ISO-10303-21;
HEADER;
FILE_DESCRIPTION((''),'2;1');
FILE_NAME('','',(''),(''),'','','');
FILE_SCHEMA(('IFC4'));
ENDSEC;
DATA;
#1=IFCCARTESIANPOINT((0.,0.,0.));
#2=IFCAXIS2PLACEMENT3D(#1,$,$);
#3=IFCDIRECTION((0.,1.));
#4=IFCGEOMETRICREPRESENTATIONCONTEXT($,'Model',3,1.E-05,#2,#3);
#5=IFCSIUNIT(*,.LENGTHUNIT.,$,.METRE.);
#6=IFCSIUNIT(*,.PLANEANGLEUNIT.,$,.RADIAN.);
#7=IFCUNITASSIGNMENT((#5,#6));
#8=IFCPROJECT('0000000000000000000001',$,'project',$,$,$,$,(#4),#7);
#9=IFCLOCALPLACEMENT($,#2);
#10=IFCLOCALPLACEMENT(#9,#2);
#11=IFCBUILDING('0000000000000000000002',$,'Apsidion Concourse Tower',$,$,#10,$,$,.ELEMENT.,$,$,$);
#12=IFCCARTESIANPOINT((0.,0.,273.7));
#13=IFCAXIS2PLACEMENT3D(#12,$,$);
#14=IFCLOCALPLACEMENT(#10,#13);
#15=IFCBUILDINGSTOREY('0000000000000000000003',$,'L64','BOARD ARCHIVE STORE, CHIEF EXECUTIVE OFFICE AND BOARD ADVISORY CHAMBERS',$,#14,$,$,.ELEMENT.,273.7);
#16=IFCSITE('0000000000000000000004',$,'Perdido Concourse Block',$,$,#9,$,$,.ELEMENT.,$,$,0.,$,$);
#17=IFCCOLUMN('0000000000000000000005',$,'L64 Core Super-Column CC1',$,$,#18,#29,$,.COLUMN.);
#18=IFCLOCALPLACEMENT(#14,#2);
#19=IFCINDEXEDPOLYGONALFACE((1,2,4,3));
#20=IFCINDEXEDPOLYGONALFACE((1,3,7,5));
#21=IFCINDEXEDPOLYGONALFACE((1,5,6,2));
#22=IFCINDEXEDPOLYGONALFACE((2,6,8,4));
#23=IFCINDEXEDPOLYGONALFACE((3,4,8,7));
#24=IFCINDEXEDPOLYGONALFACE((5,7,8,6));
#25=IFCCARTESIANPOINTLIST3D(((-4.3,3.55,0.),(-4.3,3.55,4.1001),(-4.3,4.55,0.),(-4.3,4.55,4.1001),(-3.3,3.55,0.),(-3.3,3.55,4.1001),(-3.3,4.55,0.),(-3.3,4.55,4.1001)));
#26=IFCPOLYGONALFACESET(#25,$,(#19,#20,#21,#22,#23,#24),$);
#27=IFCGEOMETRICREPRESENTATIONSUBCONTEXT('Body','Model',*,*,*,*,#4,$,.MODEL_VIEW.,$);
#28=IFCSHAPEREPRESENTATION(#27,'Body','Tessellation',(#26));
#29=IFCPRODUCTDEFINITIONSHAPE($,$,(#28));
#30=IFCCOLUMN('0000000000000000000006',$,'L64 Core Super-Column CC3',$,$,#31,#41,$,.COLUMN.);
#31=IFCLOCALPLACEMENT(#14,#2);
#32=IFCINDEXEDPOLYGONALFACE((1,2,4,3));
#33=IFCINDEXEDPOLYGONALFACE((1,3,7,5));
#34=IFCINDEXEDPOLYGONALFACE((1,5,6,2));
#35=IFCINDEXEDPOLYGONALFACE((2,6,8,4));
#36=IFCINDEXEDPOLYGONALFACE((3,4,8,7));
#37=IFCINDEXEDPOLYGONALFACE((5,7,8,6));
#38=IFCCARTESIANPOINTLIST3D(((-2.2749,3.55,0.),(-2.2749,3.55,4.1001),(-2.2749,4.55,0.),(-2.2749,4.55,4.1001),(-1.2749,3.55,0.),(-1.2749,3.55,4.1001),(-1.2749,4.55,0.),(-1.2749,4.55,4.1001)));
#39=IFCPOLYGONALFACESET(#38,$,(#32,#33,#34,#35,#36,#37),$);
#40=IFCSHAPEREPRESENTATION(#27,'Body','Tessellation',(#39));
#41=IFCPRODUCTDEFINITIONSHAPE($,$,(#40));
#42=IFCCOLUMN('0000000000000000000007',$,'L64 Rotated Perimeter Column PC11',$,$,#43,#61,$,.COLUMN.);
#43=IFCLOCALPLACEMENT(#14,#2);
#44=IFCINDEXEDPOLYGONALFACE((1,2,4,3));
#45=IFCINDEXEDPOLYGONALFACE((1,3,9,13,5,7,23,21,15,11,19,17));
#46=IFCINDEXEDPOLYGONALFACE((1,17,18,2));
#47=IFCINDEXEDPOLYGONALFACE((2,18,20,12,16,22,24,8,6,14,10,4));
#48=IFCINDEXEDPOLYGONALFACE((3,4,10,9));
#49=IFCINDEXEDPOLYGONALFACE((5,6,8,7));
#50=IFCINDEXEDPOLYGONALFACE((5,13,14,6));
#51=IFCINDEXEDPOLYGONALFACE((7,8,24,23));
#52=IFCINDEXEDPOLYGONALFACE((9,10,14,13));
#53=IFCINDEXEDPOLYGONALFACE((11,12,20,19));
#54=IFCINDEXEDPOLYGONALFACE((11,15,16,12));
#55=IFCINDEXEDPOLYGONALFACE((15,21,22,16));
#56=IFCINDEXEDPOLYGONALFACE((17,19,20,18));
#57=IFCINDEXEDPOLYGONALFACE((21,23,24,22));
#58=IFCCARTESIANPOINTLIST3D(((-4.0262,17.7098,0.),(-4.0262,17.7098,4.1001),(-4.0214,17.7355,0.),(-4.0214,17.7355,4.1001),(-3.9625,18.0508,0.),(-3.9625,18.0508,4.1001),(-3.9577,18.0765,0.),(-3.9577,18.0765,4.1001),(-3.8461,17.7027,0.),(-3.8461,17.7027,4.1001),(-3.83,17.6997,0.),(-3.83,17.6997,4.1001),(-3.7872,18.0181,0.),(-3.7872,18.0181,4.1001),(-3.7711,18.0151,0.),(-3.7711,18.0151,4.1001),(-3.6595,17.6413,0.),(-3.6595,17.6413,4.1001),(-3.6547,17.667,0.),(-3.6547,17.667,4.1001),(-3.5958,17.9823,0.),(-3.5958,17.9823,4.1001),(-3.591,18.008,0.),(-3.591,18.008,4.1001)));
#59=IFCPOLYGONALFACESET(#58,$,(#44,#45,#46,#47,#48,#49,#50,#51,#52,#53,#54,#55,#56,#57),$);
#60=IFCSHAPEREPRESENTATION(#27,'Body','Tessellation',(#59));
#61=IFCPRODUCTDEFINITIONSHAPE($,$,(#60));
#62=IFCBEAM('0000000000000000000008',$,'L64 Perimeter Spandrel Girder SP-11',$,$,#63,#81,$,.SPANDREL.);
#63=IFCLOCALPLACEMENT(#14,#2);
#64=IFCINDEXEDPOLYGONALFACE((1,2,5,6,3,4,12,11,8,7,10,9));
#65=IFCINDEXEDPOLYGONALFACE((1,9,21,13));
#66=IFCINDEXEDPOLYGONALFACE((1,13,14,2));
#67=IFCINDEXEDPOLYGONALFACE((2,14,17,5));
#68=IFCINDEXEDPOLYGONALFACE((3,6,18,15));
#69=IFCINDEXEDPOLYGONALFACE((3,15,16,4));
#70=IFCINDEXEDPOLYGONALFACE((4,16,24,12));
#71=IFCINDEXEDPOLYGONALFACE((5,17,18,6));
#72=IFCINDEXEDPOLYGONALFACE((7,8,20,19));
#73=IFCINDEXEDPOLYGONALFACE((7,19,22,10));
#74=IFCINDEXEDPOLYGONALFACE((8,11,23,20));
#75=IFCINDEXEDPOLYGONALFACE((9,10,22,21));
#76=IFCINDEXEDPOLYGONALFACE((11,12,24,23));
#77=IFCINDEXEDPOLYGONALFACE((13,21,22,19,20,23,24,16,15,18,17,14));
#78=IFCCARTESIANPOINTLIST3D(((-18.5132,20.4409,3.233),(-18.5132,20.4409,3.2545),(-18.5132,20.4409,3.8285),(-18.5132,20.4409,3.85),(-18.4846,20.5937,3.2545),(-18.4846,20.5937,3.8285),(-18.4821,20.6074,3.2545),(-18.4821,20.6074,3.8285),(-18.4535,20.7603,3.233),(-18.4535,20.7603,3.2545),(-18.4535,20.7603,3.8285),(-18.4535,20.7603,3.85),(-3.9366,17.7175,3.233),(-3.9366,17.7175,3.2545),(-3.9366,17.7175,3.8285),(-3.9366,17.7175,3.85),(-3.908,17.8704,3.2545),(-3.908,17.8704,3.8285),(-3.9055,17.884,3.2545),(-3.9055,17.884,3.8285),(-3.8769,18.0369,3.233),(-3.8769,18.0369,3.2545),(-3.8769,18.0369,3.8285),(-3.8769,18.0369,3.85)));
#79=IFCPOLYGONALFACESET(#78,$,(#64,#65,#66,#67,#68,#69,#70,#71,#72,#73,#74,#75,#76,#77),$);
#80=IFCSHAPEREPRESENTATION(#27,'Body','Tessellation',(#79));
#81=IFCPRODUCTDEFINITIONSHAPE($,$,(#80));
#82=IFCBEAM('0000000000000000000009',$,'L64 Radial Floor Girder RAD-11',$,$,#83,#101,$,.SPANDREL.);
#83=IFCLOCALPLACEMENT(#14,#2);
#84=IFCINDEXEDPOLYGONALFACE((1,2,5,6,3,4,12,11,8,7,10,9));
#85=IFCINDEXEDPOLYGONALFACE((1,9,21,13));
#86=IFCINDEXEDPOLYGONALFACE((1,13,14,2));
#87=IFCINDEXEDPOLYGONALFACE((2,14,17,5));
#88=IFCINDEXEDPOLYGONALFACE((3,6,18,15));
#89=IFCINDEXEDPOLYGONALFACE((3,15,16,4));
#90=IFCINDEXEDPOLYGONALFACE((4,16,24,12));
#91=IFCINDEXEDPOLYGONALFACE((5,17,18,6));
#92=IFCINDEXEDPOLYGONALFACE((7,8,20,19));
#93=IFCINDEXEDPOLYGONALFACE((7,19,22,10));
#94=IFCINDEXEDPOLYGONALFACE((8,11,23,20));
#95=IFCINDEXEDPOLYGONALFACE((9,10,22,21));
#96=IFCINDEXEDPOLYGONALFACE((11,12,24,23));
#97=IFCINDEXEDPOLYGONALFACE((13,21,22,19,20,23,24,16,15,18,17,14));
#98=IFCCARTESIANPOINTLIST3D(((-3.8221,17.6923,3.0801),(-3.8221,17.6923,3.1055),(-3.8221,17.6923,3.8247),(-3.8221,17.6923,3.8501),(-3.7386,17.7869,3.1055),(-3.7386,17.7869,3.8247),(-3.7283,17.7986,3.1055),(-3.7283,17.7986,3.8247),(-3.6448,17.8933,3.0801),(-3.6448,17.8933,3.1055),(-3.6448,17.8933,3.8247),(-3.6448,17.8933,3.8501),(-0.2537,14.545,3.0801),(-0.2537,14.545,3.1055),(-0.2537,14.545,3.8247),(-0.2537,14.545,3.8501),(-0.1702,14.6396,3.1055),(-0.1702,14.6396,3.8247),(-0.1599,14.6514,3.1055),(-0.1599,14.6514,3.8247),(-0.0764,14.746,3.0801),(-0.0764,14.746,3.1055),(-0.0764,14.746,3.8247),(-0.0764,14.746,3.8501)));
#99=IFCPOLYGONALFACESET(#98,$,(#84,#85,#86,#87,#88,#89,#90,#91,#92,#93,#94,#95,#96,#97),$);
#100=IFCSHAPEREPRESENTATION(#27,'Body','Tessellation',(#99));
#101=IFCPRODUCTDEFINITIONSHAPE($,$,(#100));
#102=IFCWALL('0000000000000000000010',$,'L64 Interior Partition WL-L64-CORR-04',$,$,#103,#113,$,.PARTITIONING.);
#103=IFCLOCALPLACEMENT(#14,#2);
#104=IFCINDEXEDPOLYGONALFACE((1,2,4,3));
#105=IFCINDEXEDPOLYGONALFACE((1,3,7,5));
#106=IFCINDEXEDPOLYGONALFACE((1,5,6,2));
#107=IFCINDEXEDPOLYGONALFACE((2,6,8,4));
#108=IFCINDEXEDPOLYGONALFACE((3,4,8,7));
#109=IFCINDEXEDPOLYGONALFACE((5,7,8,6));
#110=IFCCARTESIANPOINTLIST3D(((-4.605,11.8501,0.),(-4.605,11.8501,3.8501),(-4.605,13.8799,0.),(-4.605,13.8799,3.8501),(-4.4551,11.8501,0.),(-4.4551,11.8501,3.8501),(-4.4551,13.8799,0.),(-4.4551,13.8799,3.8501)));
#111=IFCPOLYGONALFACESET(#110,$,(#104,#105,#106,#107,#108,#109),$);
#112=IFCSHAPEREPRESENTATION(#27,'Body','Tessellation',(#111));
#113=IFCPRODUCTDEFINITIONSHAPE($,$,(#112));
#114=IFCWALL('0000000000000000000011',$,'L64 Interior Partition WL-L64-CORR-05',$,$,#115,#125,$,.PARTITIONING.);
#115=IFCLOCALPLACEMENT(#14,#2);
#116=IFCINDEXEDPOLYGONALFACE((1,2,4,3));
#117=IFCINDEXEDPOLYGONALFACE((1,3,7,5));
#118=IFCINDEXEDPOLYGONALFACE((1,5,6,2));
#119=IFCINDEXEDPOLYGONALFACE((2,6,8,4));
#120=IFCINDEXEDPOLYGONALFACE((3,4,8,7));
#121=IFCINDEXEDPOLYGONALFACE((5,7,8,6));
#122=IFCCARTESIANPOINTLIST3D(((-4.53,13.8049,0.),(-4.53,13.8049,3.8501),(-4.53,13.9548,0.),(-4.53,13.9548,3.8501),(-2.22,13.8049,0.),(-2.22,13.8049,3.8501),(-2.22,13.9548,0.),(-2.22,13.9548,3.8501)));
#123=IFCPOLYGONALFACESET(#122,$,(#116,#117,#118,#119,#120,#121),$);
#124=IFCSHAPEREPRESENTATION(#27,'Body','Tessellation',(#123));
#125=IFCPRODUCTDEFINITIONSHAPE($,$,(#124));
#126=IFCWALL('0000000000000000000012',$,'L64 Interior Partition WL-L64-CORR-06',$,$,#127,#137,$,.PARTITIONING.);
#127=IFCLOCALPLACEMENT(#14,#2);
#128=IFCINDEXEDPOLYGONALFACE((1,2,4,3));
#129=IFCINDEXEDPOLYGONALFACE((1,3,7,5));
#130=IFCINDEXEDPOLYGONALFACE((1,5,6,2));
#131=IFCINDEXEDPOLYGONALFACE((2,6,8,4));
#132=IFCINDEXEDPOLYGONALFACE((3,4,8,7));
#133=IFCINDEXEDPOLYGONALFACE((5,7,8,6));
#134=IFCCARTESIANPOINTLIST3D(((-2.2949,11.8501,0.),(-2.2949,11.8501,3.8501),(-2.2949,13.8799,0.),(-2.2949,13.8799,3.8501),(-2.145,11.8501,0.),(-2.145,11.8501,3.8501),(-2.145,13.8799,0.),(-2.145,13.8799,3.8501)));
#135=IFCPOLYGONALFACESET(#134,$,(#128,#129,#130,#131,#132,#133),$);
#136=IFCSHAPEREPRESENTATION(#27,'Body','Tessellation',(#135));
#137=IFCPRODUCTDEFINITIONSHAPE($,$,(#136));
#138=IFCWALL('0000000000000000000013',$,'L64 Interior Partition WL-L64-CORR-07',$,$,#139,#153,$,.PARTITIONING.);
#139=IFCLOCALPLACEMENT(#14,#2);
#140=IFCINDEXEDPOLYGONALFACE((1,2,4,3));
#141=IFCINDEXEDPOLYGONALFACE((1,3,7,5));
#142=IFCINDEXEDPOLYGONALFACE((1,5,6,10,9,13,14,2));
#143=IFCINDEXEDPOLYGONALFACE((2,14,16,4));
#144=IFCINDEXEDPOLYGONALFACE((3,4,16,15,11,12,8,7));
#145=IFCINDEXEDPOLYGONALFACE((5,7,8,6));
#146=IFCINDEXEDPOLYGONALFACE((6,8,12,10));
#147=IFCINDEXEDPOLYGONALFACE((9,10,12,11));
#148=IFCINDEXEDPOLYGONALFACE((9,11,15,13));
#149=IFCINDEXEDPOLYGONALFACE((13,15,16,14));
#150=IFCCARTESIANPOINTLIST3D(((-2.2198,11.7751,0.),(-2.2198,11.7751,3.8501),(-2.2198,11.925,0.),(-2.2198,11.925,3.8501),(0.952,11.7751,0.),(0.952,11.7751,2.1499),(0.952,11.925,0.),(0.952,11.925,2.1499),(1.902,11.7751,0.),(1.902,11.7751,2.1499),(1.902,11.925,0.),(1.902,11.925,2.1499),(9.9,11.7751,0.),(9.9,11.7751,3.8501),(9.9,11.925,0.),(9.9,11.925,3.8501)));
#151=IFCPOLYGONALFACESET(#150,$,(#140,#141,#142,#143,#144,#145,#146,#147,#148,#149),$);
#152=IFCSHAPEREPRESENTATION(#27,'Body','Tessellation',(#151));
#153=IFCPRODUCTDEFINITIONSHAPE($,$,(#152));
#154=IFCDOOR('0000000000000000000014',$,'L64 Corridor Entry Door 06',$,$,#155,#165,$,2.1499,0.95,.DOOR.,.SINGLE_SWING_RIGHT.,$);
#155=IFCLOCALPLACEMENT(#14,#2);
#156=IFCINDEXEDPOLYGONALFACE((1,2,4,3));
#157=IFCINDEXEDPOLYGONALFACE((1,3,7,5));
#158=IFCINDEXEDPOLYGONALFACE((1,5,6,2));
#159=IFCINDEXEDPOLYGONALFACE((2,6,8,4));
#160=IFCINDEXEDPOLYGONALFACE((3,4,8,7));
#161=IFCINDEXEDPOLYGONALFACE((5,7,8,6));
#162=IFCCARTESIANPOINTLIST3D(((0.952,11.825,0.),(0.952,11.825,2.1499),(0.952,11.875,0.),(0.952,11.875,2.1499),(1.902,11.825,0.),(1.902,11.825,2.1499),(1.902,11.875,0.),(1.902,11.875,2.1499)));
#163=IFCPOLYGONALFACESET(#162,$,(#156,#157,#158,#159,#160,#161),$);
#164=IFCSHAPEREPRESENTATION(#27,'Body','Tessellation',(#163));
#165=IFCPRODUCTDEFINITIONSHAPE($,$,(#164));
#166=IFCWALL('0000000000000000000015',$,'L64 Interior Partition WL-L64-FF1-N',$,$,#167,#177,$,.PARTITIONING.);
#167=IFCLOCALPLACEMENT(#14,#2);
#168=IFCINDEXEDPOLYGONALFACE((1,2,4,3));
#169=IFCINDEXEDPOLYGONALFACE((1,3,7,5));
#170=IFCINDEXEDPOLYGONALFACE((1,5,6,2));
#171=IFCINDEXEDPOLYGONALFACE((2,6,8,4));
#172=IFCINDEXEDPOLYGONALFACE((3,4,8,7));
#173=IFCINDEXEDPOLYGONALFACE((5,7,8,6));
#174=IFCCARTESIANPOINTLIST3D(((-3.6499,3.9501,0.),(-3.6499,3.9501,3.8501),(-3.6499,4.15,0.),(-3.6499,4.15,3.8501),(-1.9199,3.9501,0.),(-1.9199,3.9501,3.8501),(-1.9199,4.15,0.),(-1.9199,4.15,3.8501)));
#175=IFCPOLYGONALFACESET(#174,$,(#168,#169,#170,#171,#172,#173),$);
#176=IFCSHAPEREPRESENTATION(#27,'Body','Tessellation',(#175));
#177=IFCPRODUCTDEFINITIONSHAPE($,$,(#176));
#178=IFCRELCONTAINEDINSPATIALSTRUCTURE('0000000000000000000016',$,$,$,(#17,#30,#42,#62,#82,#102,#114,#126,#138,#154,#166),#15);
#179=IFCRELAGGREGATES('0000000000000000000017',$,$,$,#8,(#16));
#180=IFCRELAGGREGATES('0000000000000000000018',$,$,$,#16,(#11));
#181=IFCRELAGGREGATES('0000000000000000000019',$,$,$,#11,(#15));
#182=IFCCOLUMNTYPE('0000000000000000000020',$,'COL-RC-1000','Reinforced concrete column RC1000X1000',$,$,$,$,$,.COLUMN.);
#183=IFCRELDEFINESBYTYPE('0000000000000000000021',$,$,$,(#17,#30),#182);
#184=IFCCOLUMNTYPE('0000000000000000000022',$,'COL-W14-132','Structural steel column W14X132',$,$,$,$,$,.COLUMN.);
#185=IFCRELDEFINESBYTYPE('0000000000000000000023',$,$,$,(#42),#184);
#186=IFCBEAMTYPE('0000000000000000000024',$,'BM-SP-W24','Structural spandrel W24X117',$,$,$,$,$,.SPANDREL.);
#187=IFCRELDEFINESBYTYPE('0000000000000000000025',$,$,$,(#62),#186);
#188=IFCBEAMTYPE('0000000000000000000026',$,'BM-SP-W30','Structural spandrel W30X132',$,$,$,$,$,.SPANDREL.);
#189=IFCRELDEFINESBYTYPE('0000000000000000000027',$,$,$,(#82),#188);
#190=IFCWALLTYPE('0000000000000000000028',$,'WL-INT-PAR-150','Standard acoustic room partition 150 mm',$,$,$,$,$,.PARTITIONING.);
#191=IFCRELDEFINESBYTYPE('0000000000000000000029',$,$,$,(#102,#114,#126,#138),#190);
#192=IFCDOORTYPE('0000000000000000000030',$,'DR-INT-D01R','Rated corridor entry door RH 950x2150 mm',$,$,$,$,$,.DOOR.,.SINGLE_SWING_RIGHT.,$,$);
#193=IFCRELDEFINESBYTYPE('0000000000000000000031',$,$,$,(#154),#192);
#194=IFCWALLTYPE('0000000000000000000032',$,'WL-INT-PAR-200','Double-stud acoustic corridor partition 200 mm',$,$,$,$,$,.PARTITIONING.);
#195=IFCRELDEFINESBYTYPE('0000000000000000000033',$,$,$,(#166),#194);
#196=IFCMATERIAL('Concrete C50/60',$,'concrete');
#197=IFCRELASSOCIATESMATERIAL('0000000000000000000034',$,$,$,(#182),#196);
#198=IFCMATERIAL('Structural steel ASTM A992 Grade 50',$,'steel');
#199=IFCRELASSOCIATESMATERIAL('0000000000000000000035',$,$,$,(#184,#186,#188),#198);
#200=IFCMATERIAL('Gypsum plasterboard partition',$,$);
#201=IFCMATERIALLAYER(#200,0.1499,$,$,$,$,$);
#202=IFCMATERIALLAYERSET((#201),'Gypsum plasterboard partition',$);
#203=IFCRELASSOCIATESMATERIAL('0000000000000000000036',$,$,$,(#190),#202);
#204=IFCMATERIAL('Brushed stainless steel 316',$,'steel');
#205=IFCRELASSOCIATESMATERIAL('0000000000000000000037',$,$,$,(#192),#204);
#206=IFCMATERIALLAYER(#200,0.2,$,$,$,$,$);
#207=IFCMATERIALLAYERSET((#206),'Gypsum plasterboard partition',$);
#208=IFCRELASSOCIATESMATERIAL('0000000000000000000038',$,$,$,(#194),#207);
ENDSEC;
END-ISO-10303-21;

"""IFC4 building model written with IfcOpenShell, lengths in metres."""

from ifc_helpers import new_model, si_unit, direction, frame, frame_2d, origin, origin_2d, place, context, subcontext, project, spatial, rectangle, i_section, extrude, material, layer, layer_set, material_profile, profile_set, type_object, element, fill, save


model = new_model("IFC4")

# Units and contexts
model_context = context("Model", 3, precision=1e-05, world=origin(), true_north=direction((0.0, 1.0)))
body_context = subcontext(model_context, "Body", "Model", "MODEL_VIEW")
ifc_project = project(units=[si_unit("LENGTHUNIT", "METRE"), si_unit("PLANEANGLEUNIT", "RADIAN")], contexts=[model_context])

# Site, building, storey
site_placement = place(None, origin())
site = spatial("IfcSite", under=ifc_project, at=site_placement, Name="Perdido Concourse Block", CompositionType="ELEMENT", RefElevation=0.0)
building_placement = place(site_placement, origin())
building = spatial("IfcBuilding", under=site, at=building_placement, Name="Apsidion Concourse Tower", CompositionType="ELEMENT")
storey_placement = place(building_placement, frame((0.0, 0.0, 273.7)))
storey = spatial("IfcBuildingStorey", under=building, at=storey_placement, Name="L64", Description="BOARD ARCHIVE STORE, CHIEF EXECUTIVE OFFICE AND BOARD ADVISORY CHAMBERS", CompositionType="ELEMENT", Elevation=273.7)

# Columns
ifc_material_1 = material(Name="Concrete C50/60", Category="concrete")
ifc_material_profile_1 = material_profile(ifc_material_1, rectangle(XDim=1.0, YDim=1.0, at=origin_2d()), Name="RC 1000x1000")
ifc_profile_set_1 = profile_set([ifc_material_profile_1], Name="Concrete C50/60")
column_type_1 = type_object("IfcColumnType", Name="COL-RC-1000", Description="Reinforced concrete column RC1000X1000", PredefinedType="COLUMN", material=ifc_profile_set_1)
for number, where, z_axis, x_axis, name in (
    (1, (-3.8, 4.05, 0.0), (0.0, 0.0, 1.0), (1.0, 0.0, 0.0), "L64 Core Super-Column CC1"),
    (2, (-1.7749, 4.05, 0.0), (0.0, 0.0, 1.0), (1.0, 0.0, 0.0), "L64 Core Super-Column CC3"),
):
    element("IfcColumn", number, at=place(storey_placement, frame(where, z_axis=z_axis, x_axis=x_axis)), inside=storey, type_object=column_type_1, Name=name, PredefinedType="COLUMN", context=body_context, shape_type="SweptSolid", body=[
        extrude(rectangle(XDim=1.0, YDim=1.0, at=origin_2d()), origin(), (0.0, 0.0, 1.0), 4.1001),
    ])
ifc_material_2 = material(Name="Structural steel ASTM A992 Grade 50", Category="steel")
ifc_material_profile_2 = material_profile(ifc_material_2, i_section(OverallWidth=0.373, OverallDepth=0.373, WebThickness=0.0164, FlangeThickness=0.0261, at=origin_2d()), Name="W14X132")
ifc_profile_set_2 = profile_set([ifc_material_profile_2], Name="Structural steel ASTM A992 Grade 50")
column_type_2 = type_object("IfcColumnType", Name="COL-W14-132", Description="Structural steel column W14X132", PredefinedType="COLUMN", material=ifc_profile_set_2)
column_placement = place(storey_placement, frame((-3.8086, 17.8589, 0.0), z_axis=(0.0, 0.0, 1.0), x_axis=(-0.983, 0.183608, 0.0)))
element("IfcColumn", 3, at=column_placement, inside=storey, type_object=column_type_2, Name="L64 Rotated Perimeter Column PC11", PredefinedType="COLUMN", context=body_context, shape_type="SweptSolid", body=[
    extrude(i_section(OverallWidth=0.373, OverallDepth=0.373, WebThickness=0.0164, FlangeThickness=0.0261, at=origin_2d()), origin(), (0.0, 0.0, 1.0), 4.1001),
])

# Beams
ifc_material_profile_3 = material_profile(ifc_material_2, i_section(OverallWidth=0.325, OverallDepth=0.6169, WebThickness=0.0139, FlangeThickness=0.0215, at=origin_2d()), Name="W24X117")
ifc_profile_set_3 = profile_set([ifc_material_profile_3], Name="Structural steel ASTM A992 Grade 50")
beam_type_1 = type_object("IfcBeamType", Name="BM-SP-W24", Description="Structural spandrel W24X117", PredefinedType="SPANDREL", material=ifc_profile_set_3)
beam_1_placement = place(storey_placement, frame((-3.9067, 17.8772, 3.5415), z_axis=(-0.982991, 0.183654, 0.0), x_axis=(-0.183654, -0.982991, 0.0)))
element("IfcBeam", 4, at=beam_1_placement, inside=storey, type_object=beam_type_1, Name="L64 Perimeter Spandrel Girder SP-11", PredefinedType="SPANDREL", context=body_context, shape_type="SweptSolid", body=[
    extrude(i_section(OverallWidth=0.325, OverallDepth=0.6169, WebThickness=0.0139, FlangeThickness=0.0215, at=origin_2d()), origin(), (0.0, 0.0, 1.0), 14.8289),
])
ifc_material_profile_4 = material_profile(ifc_material_2, i_section(OverallWidth=0.2681, OverallDepth=0.77, WebThickness=0.0156, FlangeThickness=0.0254, at=origin_2d()), Name="W30X132")
ifc_profile_set_4 = profile_set([ifc_material_profile_4], Name="Structural steel ASTM A992 Grade 50")
beam_type_2 = type_object("IfcBeamType", Name="BM-SP-W30", Description="Structural spandrel W30X132", PredefinedType="SPANDREL", material=ifc_profile_set_4)
beam_2_placement = place(storey_placement, frame((-0.165, 14.6455, 3.4651), z_axis=(-0.749977, 0.661464, 0.0), x_axis=(-0.661464, -0.749977, 0.0)))
element("IfcBeam", 5, at=beam_2_placement, inside=storey, type_object=beam_type_2, Name="L64 Radial Floor Girder RAD-11", PredefinedType="SPANDREL", context=body_context, shape_type="SweptSolid", body=[
    extrude(i_section(OverallWidth=0.2681, OverallDepth=0.77, WebThickness=0.0156, FlangeThickness=0.0254, at=origin_2d()), origin(), (0.0, 0.0, 1.0), 4.7581),
])

# Walls
ifc_material_3 = material(Name="Gypsum plasterboard partition")
ifc_layer_1 = layer(ifc_material_3, 0.1499)
ifc_layer_set_1 = layer_set([ifc_layer_1], Name="Gypsum plasterboard partition")
wall_type_1 = type_object("IfcWallType", Name="WL-INT-PAR-150", Description="Standard acoustic room partition 150 mm", PredefinedType="PARTITIONING", material=ifc_layer_set_1)
wall_1_placement = place(storey_placement, frame((-4.53, 11.8501, 0.0), z_axis=(0.0, 0.0, 1.0), x_axis=(0.0, 1.0, 0.0)))
element("IfcWall", 6, at=wall_1_placement, inside=storey, type_object=wall_type_1, Name="L64 Interior Partition WL-L64-CORR-04", PredefinedType="PARTITIONING", context=body_context, shape_type="SweptSolid", body=[
    extrude(rectangle(XDim=2.0298, YDim=0.1499, at=frame_2d((1.0149, 0.0))), origin(), (0.0, 0.0, 1.0), 3.8501),
])
wall_2_placement = place(storey_placement, frame((-4.53, 13.8799, 0.0), z_axis=(0.0, 0.0, 1.0), x_axis=(1.0, 0.0, 0.0)))
element("IfcWall", 7, at=wall_2_placement, inside=storey, type_object=wall_type_1, Name="L64 Interior Partition WL-L64-CORR-05", PredefinedType="PARTITIONING", context=body_context, shape_type="SweptSolid", body=[
    extrude(rectangle(XDim=2.3101, YDim=0.1499, at=frame_2d((1.155, 0.0))), origin(), (0.0, 0.0, 1.0), 3.8501),
])
wall_3_placement = place(storey_placement, frame((-2.22, 13.8799, 0.0), z_axis=(0.0, 0.0, 1.0), x_axis=(0.0, -1.0, 0.0)))
element("IfcWall", 8, at=wall_3_placement, inside=storey, type_object=wall_type_1, Name="L64 Interior Partition WL-L64-CORR-06", PredefinedType="PARTITIONING", context=body_context, shape_type="SweptSolid", body=[
    extrude(rectangle(XDim=2.0298, YDim=0.1499, at=frame_2d((1.0149, 0.0))), origin(), (0.0, 0.0, 1.0), 3.8501),
])

# Wall, opening, door
wall_4_placement = place(storey_placement, frame((-2.22, 11.8501, 0.0), z_axis=(0.0, 0.0, 1.0), x_axis=(1.0, 0.0, 0.0)))
wall_4 = element("IfcWall", 9, at=wall_4_placement, inside=storey, type_object=wall_type_1, Name="L64 Interior Partition WL-L64-CORR-07", PredefinedType="PARTITIONING", context=body_context, shape_type="SweptSolid", body=[
    extrude(rectangle(XDim=12.1199, YDim=0.1499, at=frame_2d((6.0601, 0.0))), origin(), (0.0, 0.0, 1.0), 3.8501),
])
opening_placement = place(wall_4_placement, frame((3.1719, 0.0, 0.0)))
opening = element("IfcOpeningElement", 10, at=opening_placement, cuts=wall_4, PredefinedType="OPENING", context=body_context, shape_type="SweptSolid", body=[
    extrude(rectangle(XDim=0.95, YDim=2.1499, at=frame_2d((0.4751, 1.075))), frame((0.0, 0.085, 0.0), z_axis=(0.0, -1.0, 0.0), x_axis=(1.0, 0.0, 0.0)), (0.0, 0.0, 1.0), 0.1699),
])
ifc_material_4 = material(Name="Brushed stainless steel 316", Category="steel")
door_type = type_object("IfcDoorType", Name="DR-INT-D01R", Description="Rated corridor entry door RH 950x2150 mm", OperationType="SINGLE_SWING_RIGHT", PredefinedType="DOOR", material=ifc_material_4)
door_placement = place(opening_placement, origin())
door = element("IfcDoor", 11, at=door_placement, inside=storey, type_object=door_type, Name="L64 Corridor Entry Door 06", OperationType="SINGLE_SWING_RIGHT", OverallHeight=2.1499, OverallWidth=0.95, PredefinedType="DOOR", context=body_context, shape_type="SweptSolid", body=[
    extrude(rectangle(XDim=0.95, YDim=2.1499, at=frame_2d((0.4751, 1.075))), frame((0.0, 0.0249, 0.0), z_axis=(0.0, -1.0, 0.0), x_axis=(1.0, 0.0, 0.0)), (0.0, 0.0, 1.0), 0.05),
])
fill(opening, door)

# Wall
ifc_layer_2 = layer(ifc_material_3, 0.2)
ifc_layer_set_2 = layer_set([ifc_layer_2], Name="Gypsum plasterboard partition")
wall_type_2 = type_object("IfcWallType", Name="WL-INT-PAR-200", Description="Double-stud acoustic corridor partition 200 mm", PredefinedType="PARTITIONING", material=ifc_layer_set_2)
wall_5_placement = place(storey_placement, frame((-3.6499, 4.05, 0.0), z_axis=(0.0, 0.0, 1.0), x_axis=(1.0, 0.0, 0.0)))
element("IfcWall", 12, at=wall_5_placement, inside=storey, type_object=wall_type_2, Name="L64 Interior Partition WL-L64-FF1-N", PredefinedType="PARTITIONING", context=body_context, shape_type="SweptSolid", body=[
    extrude(rectangle(XDim=1.73, YDim=0.2, at=frame_2d((0.865, 0.0))), origin(), (0.0, 0.0, 1.0), 3.8501),
])

save(model, "model.ifc")
